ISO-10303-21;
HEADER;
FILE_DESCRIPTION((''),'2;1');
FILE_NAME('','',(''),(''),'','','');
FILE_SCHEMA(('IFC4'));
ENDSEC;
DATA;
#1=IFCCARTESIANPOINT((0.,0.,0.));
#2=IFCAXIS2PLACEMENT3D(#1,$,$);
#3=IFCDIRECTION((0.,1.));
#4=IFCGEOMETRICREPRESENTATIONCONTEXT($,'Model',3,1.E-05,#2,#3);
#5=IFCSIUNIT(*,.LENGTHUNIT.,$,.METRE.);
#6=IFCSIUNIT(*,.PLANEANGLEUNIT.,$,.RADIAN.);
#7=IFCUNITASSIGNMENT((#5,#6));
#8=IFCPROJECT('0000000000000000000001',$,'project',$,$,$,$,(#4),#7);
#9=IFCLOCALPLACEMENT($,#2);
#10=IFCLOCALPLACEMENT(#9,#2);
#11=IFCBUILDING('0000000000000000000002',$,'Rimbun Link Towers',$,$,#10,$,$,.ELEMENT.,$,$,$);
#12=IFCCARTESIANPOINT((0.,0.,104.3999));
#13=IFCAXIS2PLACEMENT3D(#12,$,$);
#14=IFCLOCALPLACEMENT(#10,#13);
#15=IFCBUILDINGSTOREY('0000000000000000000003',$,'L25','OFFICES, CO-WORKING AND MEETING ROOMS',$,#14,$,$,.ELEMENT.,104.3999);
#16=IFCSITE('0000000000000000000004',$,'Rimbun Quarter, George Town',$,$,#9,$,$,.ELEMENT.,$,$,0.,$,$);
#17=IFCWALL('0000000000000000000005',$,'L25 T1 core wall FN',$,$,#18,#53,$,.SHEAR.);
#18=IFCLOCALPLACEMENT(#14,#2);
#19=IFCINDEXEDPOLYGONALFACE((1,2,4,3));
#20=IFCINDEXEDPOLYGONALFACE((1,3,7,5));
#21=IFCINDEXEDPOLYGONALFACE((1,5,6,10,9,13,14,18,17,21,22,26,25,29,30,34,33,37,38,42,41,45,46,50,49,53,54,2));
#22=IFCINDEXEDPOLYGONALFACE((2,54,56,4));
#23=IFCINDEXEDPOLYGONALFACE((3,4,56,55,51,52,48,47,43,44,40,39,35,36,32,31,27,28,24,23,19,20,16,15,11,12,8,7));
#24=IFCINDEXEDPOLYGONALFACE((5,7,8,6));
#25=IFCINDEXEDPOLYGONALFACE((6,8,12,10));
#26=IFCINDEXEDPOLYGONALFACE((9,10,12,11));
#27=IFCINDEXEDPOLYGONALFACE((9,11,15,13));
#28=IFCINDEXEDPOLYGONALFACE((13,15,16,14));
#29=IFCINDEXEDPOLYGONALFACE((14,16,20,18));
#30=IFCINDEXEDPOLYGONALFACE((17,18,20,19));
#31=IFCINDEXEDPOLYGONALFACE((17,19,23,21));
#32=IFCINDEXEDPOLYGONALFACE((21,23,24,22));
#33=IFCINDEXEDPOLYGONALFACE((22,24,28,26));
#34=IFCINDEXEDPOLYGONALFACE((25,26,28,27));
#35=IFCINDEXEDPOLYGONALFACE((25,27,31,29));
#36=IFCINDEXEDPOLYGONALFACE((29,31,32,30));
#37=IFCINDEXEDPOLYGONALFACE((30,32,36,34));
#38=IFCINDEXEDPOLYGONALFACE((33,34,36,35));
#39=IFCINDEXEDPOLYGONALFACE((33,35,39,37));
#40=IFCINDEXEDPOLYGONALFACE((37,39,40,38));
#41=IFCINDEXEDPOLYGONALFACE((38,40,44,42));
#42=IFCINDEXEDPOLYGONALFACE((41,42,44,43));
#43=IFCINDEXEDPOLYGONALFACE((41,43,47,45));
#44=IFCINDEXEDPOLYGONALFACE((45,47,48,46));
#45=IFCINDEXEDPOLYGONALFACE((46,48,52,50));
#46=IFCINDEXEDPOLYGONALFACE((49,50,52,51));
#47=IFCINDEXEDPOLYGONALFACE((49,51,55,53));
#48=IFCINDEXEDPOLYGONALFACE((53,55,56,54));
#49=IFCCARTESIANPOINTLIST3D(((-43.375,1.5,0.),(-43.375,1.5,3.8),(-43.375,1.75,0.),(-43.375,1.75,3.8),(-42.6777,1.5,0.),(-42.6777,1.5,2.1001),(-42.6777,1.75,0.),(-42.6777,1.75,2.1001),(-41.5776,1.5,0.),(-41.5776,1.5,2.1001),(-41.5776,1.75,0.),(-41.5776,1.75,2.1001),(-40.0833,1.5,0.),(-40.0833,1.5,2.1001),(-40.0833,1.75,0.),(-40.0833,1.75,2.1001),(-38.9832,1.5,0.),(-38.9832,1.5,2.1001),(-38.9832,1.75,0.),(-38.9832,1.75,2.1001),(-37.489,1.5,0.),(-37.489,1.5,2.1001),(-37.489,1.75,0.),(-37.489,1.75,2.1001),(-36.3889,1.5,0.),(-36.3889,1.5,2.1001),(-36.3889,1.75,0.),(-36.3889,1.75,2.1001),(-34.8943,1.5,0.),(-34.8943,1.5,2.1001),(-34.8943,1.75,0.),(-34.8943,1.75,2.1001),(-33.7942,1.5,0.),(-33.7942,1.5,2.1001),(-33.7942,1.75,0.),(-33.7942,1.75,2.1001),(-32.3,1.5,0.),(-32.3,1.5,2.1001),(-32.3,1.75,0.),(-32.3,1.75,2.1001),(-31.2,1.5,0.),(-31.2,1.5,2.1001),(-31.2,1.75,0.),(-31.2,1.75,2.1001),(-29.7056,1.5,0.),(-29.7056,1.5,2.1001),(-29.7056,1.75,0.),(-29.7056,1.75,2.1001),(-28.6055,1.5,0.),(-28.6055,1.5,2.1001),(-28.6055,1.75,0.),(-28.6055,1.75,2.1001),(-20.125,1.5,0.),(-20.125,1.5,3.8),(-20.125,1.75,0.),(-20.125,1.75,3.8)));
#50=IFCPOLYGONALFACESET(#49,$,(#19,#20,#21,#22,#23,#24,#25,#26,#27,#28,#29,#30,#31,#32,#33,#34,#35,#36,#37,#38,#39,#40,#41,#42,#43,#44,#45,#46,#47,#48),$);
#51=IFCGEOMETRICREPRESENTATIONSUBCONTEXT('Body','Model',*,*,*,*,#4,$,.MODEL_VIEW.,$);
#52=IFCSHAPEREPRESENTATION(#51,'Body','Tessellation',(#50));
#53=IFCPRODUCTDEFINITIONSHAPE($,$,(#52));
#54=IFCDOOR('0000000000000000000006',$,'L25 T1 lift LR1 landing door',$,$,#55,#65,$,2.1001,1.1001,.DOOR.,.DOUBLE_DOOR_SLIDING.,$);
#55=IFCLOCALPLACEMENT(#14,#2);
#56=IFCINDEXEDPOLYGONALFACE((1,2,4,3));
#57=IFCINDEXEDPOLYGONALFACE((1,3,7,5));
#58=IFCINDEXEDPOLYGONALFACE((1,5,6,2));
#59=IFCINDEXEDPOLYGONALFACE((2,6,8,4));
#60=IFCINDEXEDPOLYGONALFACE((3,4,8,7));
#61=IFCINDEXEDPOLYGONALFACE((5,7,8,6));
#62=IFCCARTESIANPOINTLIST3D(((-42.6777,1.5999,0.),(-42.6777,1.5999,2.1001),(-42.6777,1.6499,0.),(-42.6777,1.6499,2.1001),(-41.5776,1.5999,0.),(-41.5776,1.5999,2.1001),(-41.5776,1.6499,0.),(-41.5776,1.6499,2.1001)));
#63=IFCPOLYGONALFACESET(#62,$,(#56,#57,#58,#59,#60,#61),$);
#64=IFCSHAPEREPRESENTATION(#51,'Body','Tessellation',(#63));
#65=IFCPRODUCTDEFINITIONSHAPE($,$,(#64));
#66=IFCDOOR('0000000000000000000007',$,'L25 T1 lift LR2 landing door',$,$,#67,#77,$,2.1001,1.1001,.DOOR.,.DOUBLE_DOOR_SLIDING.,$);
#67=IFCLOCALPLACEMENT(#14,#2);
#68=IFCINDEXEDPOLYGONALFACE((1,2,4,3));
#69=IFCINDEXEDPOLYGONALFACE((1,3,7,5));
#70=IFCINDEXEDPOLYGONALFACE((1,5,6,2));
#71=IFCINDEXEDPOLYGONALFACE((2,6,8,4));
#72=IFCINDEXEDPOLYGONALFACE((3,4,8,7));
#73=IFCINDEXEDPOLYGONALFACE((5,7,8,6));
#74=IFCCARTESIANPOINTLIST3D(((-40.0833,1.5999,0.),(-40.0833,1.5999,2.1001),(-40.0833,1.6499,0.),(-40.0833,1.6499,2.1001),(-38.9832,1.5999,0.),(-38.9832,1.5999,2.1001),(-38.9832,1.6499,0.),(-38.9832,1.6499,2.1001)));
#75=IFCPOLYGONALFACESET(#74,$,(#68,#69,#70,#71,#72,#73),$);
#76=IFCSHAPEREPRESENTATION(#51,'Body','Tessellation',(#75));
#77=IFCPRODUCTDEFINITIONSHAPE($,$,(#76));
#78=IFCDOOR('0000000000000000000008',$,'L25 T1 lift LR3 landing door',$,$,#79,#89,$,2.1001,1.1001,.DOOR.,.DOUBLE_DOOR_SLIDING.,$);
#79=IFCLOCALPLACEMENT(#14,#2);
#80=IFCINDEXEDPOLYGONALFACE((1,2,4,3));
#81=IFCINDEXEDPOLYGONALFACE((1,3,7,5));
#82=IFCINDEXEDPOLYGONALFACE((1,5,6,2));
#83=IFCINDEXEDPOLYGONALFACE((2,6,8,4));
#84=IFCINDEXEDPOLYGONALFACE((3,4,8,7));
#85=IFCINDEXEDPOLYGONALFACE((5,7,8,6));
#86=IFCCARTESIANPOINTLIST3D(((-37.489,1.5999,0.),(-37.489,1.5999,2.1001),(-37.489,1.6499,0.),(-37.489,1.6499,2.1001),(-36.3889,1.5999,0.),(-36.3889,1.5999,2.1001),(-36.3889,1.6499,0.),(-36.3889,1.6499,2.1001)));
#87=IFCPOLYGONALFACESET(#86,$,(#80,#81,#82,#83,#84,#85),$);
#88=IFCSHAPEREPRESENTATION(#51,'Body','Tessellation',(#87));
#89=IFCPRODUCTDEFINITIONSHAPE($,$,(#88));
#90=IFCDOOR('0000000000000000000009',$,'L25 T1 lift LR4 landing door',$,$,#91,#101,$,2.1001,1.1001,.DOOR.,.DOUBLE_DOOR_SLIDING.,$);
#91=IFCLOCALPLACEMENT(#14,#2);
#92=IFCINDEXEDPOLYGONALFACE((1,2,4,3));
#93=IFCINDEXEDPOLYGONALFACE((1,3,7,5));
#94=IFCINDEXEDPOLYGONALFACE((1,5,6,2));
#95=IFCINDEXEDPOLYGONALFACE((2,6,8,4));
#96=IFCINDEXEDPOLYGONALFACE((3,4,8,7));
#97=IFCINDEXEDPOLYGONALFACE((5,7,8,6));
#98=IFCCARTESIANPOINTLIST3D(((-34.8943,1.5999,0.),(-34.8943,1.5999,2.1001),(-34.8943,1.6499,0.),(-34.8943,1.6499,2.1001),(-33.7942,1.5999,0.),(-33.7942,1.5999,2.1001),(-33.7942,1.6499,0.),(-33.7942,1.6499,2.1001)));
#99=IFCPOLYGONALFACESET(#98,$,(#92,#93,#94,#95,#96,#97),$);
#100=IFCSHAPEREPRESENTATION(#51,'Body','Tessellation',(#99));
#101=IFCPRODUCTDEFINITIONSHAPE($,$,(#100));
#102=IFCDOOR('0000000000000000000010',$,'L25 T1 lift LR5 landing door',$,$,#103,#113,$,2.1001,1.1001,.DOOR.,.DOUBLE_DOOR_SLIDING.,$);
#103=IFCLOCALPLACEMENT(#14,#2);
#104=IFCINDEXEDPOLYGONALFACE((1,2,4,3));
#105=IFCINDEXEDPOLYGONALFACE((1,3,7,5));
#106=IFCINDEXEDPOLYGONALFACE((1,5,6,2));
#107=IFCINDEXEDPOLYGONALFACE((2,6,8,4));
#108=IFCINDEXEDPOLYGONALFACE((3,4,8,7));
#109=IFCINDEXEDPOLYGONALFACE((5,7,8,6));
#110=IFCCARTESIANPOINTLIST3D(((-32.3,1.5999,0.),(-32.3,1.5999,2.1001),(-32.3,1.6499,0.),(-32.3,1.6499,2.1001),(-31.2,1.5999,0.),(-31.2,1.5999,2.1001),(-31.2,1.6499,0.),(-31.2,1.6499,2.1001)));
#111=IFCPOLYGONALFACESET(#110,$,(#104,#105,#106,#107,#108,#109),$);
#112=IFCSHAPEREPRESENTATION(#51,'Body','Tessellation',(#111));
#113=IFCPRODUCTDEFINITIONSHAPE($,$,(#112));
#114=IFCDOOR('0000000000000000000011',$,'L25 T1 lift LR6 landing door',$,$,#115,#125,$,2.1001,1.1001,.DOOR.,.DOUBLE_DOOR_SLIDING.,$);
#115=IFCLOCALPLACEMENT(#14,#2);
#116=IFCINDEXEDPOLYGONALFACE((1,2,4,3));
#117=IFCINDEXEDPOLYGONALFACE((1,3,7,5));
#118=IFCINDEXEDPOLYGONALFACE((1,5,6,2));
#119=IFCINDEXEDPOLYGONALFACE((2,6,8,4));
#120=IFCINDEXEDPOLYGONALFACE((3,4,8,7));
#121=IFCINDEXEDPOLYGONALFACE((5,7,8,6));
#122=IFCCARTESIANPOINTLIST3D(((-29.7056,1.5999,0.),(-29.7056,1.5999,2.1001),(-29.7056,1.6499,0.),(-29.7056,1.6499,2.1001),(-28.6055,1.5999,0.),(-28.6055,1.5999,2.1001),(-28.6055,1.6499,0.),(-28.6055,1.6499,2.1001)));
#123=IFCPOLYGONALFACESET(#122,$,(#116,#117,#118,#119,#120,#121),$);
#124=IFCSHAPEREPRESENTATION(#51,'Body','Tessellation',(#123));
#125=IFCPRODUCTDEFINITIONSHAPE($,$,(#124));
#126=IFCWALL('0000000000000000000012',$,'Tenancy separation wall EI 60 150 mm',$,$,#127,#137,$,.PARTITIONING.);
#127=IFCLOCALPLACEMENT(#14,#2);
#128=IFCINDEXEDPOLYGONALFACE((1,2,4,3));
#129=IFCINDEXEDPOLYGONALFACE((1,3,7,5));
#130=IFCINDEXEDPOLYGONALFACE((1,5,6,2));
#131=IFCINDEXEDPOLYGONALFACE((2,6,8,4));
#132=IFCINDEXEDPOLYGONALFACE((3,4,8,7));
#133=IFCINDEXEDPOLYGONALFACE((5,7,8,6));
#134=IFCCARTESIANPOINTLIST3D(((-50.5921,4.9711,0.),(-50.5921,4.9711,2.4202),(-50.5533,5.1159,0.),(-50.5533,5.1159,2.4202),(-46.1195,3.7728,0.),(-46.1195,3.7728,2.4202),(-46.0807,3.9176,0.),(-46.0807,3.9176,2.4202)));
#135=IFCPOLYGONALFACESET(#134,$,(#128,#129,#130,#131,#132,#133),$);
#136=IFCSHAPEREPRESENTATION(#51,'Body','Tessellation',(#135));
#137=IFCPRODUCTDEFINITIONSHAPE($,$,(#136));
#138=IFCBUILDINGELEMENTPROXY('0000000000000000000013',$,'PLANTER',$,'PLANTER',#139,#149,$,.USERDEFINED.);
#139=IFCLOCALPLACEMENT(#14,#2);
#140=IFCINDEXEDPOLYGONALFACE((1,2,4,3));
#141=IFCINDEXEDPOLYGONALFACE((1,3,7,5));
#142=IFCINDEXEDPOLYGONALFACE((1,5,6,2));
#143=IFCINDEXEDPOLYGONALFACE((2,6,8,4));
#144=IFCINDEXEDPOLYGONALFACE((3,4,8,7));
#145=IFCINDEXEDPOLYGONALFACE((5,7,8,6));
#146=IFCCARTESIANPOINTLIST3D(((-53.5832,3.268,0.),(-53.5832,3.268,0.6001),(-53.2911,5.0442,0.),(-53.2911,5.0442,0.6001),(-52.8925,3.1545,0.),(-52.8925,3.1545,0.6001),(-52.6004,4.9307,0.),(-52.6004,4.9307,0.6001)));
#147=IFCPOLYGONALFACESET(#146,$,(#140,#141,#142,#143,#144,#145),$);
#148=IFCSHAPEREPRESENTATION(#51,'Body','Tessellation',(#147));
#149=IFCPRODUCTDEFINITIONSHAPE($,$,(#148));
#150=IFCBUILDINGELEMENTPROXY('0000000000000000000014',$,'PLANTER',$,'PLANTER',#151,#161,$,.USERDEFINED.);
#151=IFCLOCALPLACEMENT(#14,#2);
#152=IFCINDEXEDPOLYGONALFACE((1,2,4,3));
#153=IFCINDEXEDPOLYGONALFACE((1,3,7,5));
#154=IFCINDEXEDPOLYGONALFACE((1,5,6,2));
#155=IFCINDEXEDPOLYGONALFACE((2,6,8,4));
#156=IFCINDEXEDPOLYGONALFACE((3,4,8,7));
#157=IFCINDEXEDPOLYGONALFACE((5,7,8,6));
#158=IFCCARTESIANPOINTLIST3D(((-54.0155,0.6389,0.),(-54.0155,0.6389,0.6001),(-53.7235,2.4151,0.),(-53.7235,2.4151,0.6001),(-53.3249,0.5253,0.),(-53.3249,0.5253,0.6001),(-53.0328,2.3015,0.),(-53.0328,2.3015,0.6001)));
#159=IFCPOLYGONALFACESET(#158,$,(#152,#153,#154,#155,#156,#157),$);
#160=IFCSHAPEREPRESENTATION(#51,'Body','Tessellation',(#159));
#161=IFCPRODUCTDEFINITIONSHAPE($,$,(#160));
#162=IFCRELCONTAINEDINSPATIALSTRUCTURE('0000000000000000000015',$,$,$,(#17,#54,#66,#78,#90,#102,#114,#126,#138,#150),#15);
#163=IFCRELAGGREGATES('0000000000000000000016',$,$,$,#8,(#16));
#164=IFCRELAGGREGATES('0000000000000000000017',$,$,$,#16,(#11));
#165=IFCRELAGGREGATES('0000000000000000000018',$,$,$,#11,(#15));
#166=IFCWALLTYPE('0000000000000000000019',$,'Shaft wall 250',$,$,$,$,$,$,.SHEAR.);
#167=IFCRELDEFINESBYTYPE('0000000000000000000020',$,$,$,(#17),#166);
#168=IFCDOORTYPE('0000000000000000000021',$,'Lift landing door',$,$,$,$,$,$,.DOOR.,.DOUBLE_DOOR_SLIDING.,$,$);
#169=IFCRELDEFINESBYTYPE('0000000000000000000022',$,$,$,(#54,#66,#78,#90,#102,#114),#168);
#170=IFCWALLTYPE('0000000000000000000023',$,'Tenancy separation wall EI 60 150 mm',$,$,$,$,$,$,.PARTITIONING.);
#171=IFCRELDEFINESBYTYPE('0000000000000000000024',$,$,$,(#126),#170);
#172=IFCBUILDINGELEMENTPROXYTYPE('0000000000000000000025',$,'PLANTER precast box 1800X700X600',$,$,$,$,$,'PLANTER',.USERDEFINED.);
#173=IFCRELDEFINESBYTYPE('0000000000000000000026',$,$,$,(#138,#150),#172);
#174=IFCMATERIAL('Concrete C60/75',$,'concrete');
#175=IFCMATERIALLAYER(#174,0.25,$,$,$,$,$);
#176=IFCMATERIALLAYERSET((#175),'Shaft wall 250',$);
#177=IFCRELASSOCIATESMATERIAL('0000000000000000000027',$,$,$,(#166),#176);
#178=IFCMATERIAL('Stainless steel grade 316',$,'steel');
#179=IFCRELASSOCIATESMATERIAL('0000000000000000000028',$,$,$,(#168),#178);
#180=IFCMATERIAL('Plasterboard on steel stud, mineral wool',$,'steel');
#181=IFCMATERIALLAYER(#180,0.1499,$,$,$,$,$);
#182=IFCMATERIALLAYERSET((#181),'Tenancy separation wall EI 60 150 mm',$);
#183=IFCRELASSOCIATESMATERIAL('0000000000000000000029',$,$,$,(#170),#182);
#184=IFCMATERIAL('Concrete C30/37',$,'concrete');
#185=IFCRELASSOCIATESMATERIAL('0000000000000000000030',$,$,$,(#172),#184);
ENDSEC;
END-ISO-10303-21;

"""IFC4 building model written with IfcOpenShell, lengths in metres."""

from ifc_helpers import new_model, si_unit, direction, frame, frame_2d, origin, origin_2d, place, context, subcontext, project, spatial, rectangle, extrude, material, layer, layer_set, type_object, element, fill, save


model = new_model("IFC4")

# Units and contexts
model_context = context("Model", 3, precision=1e-05, world=origin(), true_north=direction((0.0, 1.0)))
body_context = subcontext(model_context, "Body", "Model", "MODEL_VIEW")
ifc_project = project(units=[si_unit("LENGTHUNIT", "METRE"), si_unit("PLANEANGLEUNIT", "RADIAN")], contexts=[model_context])

# Site, building, storey
site_placement = place(None, origin())
site = spatial("IfcSite", under=ifc_project, at=site_placement, Name="Rimbun Quarter, George Town", CompositionType="ELEMENT", RefElevation=0.0)
building_placement = place(site_placement, origin())
building = spatial("IfcBuilding", under=site, at=building_placement, Name="Rimbun Link Towers", CompositionType="ELEMENT")
storey_placement = place(building_placement, frame((0.0, 0.0, 104.3999)))
storey = spatial("IfcBuildingStorey", under=building, at=storey_placement, Name="L25", Description="OFFICES, CO-WORKING AND MEETING ROOMS", CompositionType="ELEMENT", Elevation=104.3999)

# Wall, openings, doors
ifc_material_1 = material(Name="Concrete C60/75", Category="concrete")
ifc_layer_1 = layer(ifc_material_1, 0.25)
ifc_layer_set_1 = layer_set([ifc_layer_1], Name="Shaft wall 250")
wall_type_1 = type_object("IfcWallType", Name="Shaft wall 250", PredefinedType="SHEAR", material=ifc_layer_set_1)
wall_1_placement = place(storey_placement, frame((-43.375, 1.625, 0.0), z_axis=(0.0, 0.0, 1.0), x_axis=(1.0, 0.0, 0.0)))
wall_1 = element("IfcWall", 1, at=wall_1_placement, inside=storey, type_object=wall_type_1, Name="L25 T1 core wall FN", PredefinedType="SHEAR", context=body_context, shape_type="SweptSolid", body=[
    extrude(rectangle(XDim=23.25, YDim=0.25, at=frame_2d((11.625, 0.0))), origin(), (0.0, 0.0, 1.0), 3.8),
])
opening_1_placement = place(wall_1_placement, frame((0.6973, 0.0, 0.0)))
opening_1 = element("IfcOpeningElement", 2, at=opening_1_placement, cuts=wall_1, PredefinedType="OPENING", context=body_context, shape_type="SweptSolid", body=[
    extrude(rectangle(XDim=1.1001, YDim=2.1001, at=frame_2d((0.55, 1.05))), frame((0.0, 0.135, 0.0), z_axis=(0.0, -1.0, 0.0), x_axis=(1.0, 0.0, 0.0)), (0.0, 0.0, 1.0), 0.27),
])
opening_2_placement = place(wall_1_placement, frame((3.2917, 0.0, 0.0)))
opening_2 = element("IfcOpeningElement", 3, at=opening_2_placement, cuts=wall_1, PredefinedType="OPENING", context=body_context, shape_type="SweptSolid", body=[
    extrude(rectangle(XDim=1.1001, YDim=2.1001, at=frame_2d((0.55, 1.05))), frame((0.0, 0.135, 0.0), z_axis=(0.0, -1.0, 0.0), x_axis=(1.0, 0.0, 0.0)), (0.0, 0.0, 1.0), 0.27),
])
opening_3_placement = place(wall_1_placement, frame((5.886, 0.0, 0.0)))
opening_3 = element("IfcOpeningElement", 4, at=opening_3_placement, cuts=wall_1, PredefinedType="OPENING", context=body_context, shape_type="SweptSolid", body=[
    extrude(rectangle(XDim=1.1001, YDim=2.1001, at=frame_2d((0.55, 1.05))), frame((0.0, 0.135, 0.0), z_axis=(0.0, -1.0, 0.0), x_axis=(1.0, 0.0, 0.0)), (0.0, 0.0, 1.0), 0.27),
])
opening_4_placement = place(wall_1_placement, frame((8.4807, 0.0, 0.0)))
opening_4 = element("IfcOpeningElement", 5, at=opening_4_placement, cuts=wall_1, PredefinedType="OPENING", context=body_context, shape_type="SweptSolid", body=[
    extrude(rectangle(XDim=1.1001, YDim=2.1001, at=frame_2d((0.55, 1.05))), frame((0.0, 0.135, 0.0), z_axis=(0.0, -1.0, 0.0), x_axis=(1.0, 0.0, 0.0)), (0.0, 0.0, 1.0), 0.27),
])
opening_5_placement = place(wall_1_placement, frame((11.075, 0.0, 0.0)))
opening_5 = element("IfcOpeningElement", 6, at=opening_5_placement, cuts=wall_1, PredefinedType="OPENING", context=body_context, shape_type="SweptSolid", body=[
    extrude(rectangle(XDim=1.1001, YDim=2.1001, at=frame_2d((0.55, 1.05))), frame((0.0, 0.135, 0.0), z_axis=(0.0, -1.0, 0.0), x_axis=(1.0, 0.0, 0.0)), (0.0, 0.0, 1.0), 0.27),
])
opening_6_placement = place(wall_1_placement, frame((13.6694, 0.0, 0.0)))
opening_6 = element("IfcOpeningElement", 7, at=opening_6_placement, cuts=wall_1, PredefinedType="OPENING", context=body_context, shape_type="SweptSolid", body=[
    extrude(rectangle(XDim=1.1001, YDim=2.1001, at=frame_2d((0.55, 1.05))), frame((0.0, 0.135, 0.0), z_axis=(0.0, -1.0, 0.0), x_axis=(1.0, 0.0, 0.0)), (0.0, 0.0, 1.0), 0.27),
])
ifc_material_2 = material(Name="Stainless steel grade 316", Category="steel")
door_type_1 = type_object("IfcDoorType", Name="Lift landing door", OperationType="DOUBLE_DOOR_SLIDING", PredefinedType="DOOR", material=ifc_material_2)
door_1_placement = place(opening_1_placement, origin())
door_1 = element("IfcDoor", 8, at=door_1_placement, inside=storey, type_object=door_type_1, Name="L25 T1 lift LR1 landing door", OperationType="DOUBLE_DOOR_SLIDING", OverallHeight=2.1001, OverallWidth=1.1001, PredefinedType="DOOR", context=body_context, shape_type="SweptSolid", body=[
    extrude(rectangle(XDim=1.1001, YDim=2.1001, at=frame_2d((0.55, 1.05))), frame((0.0, 0.0249, 0.0), z_axis=(0.0, -1.0, 0.0), x_axis=(1.0, 0.0, 0.0)), (0.0, 0.0, 1.0), 0.05),
])
fill(opening_1, door_1)
door_2_placement = place(opening_2_placement, origin())
door_2 = element("IfcDoor", 9, at=door_2_placement, inside=storey, type_object=door_type_1, Name="L25 T1 lift LR2 landing door", OperationType="DOUBLE_DOOR_SLIDING", OverallHeight=2.1001, OverallWidth=1.1001, PredefinedType="DOOR", context=body_context, shape_type="SweptSolid", body=[
    extrude(rectangle(XDim=1.1001, YDim=2.1001, at=frame_2d((0.55, 1.05))), frame((0.0, 0.0249, 0.0), z_axis=(0.0, -1.0, 0.0), x_axis=(1.0, 0.0, 0.0)), (0.0, 0.0, 1.0), 0.05),
])
fill(opening_2, door_2)
door_3_placement = place(opening_3_placement, origin())
door_3 = element("IfcDoor", 10, at=door_3_placement, inside=storey, type_object=door_type_1, Name="L25 T1 lift LR3 landing door", OperationType="DOUBLE_DOOR_SLIDING", OverallHeight=2.1001, OverallWidth=1.1001, PredefinedType="DOOR", context=body_context, shape_type="SweptSolid", body=[
    extrude(rectangle(XDim=1.1001, YDim=2.1001, at=frame_2d((0.55, 1.05))), frame((0.0, 0.0249, 0.0), z_axis=(0.0, -1.0, 0.0), x_axis=(1.0, 0.0, 0.0)), (0.0, 0.0, 1.0), 0.05),
])
fill(opening_3, door_3)
door_4_placement = place(opening_4_placement, origin())
door_4 = element("IfcDoor", 11, at=door_4_placement, inside=storey, type_object=door_type_1, Name="L25 T1 lift LR4 landing door", OperationType="DOUBLE_DOOR_SLIDING", OverallHeight=2.1001, OverallWidth=1.1001, PredefinedType="DOOR", context=body_context, shape_type="SweptSolid", body=[
    extrude(rectangle(XDim=1.1001, YDim=2.1001, at=frame_2d((0.55, 1.05))), frame((0.0, 0.0249, 0.0), z_axis=(0.0, -1.0, 0.0), x_axis=(1.0, 0.0, 0.0)), (0.0, 0.0, 1.0), 0.05),
])
fill(opening_4, door_4)
door_5_placement = place(opening_5_placement, origin())
door_5 = element("IfcDoor", 12, at=door_5_placement, inside=storey, type_object=door_type_1, Name="L25 T1 lift LR5 landing door", OperationType="DOUBLE_DOOR_SLIDING", OverallHeight=2.1001, OverallWidth=1.1001, PredefinedType="DOOR", context=body_context, shape_type="SweptSolid", body=[
    extrude(rectangle(XDim=1.1001, YDim=2.1001, at=frame_2d((0.55, 1.05))), frame((0.0, 0.0249, 0.0), z_axis=(0.0, -1.0, 0.0), x_axis=(1.0, 0.0, 0.0)), (0.0, 0.0, 1.0), 0.05),
])
fill(opening_5, door_5)
door_6_placement = place(opening_6_placement, origin())
door_6 = element("IfcDoor", 13, at=door_6_placement, inside=storey, type_object=door_type_1, Name="L25 T1 lift LR6 landing door", OperationType="DOUBLE_DOOR_SLIDING", OverallHeight=2.1001, OverallWidth=1.1001, PredefinedType="DOOR", context=body_context, shape_type="SweptSolid", body=[
    extrude(rectangle(XDim=1.1001, YDim=2.1001, at=frame_2d((0.55, 1.05))), frame((0.0, 0.0249, 0.0), z_axis=(0.0, -1.0, 0.0), x_axis=(1.0, 0.0, 0.0)), (0.0, 0.0, 1.0), 0.05),
])
fill(opening_6, door_6)

# Wall
ifc_material_3 = material(Name="Plasterboard on steel stud, mineral wool", Category="steel")
ifc_layer_2 = layer(ifc_material_3, 0.1499)
ifc_layer_set_2 = layer_set([ifc_layer_2], Name="Tenancy separation wall EI 60 150 mm")
wall_type_2 = type_object("IfcWallType", Name="Tenancy separation wall EI 60 150 mm", PredefinedType="PARTITIONING", material=ifc_layer_set_2)
wall_2_placement = place(storey_placement, frame((-46.1001, 3.8452, 0.0), z_axis=(0.0, 0.0, 1.0), x_axis=(-0.965937, 0.258778, 0.0)))
element("IfcWall", 14, at=wall_2_placement, inside=storey, type_object=wall_type_2, Name="Tenancy separation wall EI 60 150 mm", PredefinedType="PARTITIONING", context=body_context, shape_type="SweptSolid", body=[
    extrude(rectangle(XDim=4.6304, YDim=0.1499, at=frame_2d((2.3152, 0.0))), origin(), (0.0, 0.0, 1.0), 2.4202),
])

# Building element proxies
ifc_material_4 = material(Name="Concrete C30/37", Category="concrete")
building_element_proxy_type = type_object("IfcBuildingElementProxyType", Name="PLANTER precast box 1800X700X600", ElementType="PLANTER", PredefinedType="USERDEFINED", material=ifc_material_4)
for number, where, z_axis, x_axis, name in (
    (15, (-53.0918, 4.0994, 0.0), (0.0, 0.0, 1.0), (-0.162248, -0.98675, 0.0), "PLANTER"),
    (16, (-53.5242, 1.4702, 0.0), (0.0, 0.0, 1.0), (-0.162248, -0.98675, 0.0), "PLANTER"),
):
    element("IfcBuildingElementProxy", number, at=place(storey_placement, frame(where, z_axis=z_axis, x_axis=x_axis)), inside=storey, type_object=building_element_proxy_type, Name=name, ObjectType="PLANTER", PredefinedType="USERDEFINED", context=body_context, shape_type="SweptSolid", body=[
        extrude(rectangle(XDim=1.8, YDim=0.7, at=origin_2d()), origin(), (0.0, 0.0, 1.0), 0.6001),
    ])

save(model, "model.ifc")
